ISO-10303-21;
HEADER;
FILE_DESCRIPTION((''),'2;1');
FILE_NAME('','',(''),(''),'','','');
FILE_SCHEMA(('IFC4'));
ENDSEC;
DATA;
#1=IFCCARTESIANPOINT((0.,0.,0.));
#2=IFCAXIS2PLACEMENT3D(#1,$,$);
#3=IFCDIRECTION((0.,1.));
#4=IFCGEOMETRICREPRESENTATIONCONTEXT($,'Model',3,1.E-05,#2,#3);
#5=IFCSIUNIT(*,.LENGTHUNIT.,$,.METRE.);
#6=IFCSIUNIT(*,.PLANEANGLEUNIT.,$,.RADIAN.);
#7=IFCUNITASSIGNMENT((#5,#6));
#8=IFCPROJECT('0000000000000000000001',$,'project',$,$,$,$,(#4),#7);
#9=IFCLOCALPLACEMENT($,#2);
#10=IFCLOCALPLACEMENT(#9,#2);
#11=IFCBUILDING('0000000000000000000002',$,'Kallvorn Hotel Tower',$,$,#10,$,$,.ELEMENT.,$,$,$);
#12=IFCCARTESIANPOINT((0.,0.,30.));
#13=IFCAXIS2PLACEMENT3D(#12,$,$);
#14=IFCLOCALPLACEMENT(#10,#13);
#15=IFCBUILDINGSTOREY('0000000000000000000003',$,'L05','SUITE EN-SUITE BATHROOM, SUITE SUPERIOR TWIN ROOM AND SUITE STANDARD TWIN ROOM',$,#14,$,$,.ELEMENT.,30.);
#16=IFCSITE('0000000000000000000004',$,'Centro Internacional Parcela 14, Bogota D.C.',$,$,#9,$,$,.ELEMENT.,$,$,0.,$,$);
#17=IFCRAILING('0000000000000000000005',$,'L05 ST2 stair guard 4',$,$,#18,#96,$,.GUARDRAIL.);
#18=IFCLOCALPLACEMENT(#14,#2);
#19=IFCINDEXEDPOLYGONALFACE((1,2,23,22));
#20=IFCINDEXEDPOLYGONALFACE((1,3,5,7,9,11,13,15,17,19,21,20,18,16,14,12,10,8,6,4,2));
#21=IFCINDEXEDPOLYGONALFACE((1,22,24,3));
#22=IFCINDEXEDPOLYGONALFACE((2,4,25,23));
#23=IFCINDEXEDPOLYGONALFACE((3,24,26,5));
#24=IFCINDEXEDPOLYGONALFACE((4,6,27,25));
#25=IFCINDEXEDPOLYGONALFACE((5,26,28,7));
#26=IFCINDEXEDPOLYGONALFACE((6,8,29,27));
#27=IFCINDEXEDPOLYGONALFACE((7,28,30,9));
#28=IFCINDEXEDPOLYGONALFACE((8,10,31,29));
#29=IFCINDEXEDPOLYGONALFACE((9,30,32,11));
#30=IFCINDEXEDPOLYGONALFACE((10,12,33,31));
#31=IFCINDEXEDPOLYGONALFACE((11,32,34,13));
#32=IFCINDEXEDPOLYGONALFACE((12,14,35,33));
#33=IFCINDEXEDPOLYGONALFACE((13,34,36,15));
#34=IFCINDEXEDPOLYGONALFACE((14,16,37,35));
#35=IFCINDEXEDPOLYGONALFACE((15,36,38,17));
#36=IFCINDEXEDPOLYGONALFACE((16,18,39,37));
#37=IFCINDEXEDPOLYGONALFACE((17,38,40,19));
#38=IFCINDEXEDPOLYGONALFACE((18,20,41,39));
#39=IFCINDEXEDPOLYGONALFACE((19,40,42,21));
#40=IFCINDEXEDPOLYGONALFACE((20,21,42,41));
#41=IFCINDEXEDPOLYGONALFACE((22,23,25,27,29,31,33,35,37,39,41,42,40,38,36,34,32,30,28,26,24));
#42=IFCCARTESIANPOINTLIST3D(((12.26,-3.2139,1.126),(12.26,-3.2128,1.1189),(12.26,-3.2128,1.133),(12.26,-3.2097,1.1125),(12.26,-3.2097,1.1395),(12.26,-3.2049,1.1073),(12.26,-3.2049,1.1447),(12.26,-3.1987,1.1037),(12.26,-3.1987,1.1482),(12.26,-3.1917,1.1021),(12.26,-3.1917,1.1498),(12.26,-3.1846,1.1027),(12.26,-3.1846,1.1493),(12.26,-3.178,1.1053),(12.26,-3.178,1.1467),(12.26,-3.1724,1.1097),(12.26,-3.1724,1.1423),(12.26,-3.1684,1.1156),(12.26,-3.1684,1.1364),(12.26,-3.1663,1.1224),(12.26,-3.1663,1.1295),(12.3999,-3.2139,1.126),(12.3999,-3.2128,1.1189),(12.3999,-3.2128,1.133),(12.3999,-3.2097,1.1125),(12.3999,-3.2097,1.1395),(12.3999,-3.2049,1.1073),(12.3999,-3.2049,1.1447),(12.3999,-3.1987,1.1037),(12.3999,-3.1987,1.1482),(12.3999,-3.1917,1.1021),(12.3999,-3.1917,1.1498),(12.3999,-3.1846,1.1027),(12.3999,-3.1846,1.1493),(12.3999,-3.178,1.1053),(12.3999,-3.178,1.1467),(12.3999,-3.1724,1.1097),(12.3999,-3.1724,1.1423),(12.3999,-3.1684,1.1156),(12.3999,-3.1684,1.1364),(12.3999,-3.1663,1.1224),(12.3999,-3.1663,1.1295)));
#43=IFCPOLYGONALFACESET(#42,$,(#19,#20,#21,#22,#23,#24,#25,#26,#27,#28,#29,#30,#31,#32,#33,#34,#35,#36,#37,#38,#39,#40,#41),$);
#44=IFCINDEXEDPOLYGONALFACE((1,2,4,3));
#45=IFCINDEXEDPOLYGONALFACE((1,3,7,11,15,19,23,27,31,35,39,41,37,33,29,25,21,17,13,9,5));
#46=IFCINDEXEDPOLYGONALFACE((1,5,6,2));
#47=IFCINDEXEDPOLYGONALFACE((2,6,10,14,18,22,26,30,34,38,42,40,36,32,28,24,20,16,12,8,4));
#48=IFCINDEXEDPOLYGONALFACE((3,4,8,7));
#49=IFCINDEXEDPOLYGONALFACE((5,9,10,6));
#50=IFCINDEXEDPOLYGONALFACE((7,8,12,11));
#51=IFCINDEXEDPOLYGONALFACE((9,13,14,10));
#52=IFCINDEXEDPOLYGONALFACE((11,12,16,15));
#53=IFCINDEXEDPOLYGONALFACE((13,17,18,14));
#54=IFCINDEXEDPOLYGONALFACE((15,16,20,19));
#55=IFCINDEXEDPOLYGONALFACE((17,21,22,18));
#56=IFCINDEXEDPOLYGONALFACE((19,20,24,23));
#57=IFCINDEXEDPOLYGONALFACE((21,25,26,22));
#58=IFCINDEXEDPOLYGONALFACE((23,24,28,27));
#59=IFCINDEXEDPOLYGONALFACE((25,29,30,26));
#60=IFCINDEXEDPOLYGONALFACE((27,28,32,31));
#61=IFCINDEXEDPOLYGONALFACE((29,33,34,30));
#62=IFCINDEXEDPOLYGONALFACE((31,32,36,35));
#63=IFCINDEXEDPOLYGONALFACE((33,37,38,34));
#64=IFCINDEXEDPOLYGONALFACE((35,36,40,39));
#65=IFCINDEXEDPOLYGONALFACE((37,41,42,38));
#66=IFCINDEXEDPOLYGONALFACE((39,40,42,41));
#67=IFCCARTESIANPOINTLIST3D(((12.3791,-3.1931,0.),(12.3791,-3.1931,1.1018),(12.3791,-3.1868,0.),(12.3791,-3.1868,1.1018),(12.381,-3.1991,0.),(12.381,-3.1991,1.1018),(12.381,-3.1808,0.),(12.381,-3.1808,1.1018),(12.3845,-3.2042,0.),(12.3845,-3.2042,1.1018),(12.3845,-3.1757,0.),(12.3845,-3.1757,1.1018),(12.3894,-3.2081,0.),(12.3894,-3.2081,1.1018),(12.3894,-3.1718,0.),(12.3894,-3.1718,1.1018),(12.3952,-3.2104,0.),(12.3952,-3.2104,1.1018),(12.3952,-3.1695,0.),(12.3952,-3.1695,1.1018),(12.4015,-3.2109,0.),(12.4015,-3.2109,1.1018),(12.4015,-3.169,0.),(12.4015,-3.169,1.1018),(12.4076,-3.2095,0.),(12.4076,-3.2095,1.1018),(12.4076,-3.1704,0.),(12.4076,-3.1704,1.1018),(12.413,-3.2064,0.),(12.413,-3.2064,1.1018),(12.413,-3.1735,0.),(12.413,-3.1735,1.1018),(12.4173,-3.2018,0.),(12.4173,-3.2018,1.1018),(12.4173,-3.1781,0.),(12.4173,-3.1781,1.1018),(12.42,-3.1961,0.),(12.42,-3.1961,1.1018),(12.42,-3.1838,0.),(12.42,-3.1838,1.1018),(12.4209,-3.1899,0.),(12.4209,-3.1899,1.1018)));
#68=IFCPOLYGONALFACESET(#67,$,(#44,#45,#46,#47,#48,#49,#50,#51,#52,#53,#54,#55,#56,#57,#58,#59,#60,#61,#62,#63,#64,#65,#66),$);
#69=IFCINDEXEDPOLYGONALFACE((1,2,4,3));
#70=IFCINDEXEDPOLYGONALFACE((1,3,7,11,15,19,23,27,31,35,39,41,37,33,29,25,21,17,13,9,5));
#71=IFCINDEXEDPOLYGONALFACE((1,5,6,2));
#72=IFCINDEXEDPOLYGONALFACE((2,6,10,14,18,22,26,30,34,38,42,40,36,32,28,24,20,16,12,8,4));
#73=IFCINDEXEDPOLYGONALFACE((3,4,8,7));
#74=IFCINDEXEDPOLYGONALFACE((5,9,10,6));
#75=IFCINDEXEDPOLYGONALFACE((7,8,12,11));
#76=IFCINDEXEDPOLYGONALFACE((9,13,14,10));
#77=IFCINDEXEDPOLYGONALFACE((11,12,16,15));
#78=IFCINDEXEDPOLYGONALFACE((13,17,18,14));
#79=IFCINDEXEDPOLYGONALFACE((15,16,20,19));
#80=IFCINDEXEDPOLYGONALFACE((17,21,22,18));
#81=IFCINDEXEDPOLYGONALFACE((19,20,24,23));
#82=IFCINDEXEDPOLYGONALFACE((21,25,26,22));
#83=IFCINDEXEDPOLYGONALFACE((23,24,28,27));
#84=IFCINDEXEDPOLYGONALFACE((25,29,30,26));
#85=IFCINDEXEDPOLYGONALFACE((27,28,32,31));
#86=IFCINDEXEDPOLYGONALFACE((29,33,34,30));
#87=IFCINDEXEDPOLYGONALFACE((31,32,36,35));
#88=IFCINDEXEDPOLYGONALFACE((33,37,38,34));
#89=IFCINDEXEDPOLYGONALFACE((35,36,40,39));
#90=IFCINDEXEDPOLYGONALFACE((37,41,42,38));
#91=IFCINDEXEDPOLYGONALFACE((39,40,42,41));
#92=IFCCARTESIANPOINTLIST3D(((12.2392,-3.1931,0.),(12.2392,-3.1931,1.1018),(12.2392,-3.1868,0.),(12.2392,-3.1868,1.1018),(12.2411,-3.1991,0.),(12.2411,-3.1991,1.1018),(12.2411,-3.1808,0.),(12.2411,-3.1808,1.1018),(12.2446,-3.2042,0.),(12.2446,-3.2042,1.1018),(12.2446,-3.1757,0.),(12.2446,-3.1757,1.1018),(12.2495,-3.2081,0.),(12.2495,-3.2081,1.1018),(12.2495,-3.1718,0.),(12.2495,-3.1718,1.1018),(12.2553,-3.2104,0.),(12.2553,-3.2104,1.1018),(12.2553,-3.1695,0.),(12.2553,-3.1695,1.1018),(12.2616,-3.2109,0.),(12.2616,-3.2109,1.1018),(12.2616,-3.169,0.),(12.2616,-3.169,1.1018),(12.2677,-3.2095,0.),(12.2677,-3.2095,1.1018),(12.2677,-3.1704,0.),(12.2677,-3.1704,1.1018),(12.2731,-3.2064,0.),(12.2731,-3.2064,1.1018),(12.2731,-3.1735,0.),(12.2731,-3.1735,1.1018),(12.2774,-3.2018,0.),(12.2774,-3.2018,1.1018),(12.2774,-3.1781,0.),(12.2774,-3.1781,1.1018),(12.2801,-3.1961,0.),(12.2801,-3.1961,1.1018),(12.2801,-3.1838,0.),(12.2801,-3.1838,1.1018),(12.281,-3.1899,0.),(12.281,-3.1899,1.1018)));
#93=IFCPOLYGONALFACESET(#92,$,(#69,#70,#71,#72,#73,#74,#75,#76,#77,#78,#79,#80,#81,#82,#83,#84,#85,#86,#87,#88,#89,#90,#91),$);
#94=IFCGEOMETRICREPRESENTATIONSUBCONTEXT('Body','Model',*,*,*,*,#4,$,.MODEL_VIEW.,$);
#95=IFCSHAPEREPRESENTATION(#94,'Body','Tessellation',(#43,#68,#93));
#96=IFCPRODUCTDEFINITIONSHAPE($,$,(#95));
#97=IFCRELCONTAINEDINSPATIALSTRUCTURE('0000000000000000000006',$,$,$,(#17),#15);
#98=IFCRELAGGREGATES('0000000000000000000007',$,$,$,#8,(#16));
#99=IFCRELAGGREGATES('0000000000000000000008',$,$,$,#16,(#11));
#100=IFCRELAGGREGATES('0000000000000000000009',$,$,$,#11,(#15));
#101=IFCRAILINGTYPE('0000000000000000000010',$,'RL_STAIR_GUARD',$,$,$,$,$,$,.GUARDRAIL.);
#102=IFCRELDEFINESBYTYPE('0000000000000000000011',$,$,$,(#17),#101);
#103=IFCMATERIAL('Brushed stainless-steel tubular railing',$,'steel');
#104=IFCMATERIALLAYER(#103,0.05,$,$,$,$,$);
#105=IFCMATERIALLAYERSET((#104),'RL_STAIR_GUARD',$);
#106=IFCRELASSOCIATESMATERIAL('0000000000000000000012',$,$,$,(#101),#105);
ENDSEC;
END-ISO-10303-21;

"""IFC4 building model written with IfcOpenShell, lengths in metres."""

from ifc_helpers import new_model, si_unit, direction, frame, origin, origin_2d, place, context, subcontext, project, spatial, circle, extrude, material, layer, layer_set, type_object, element, save


model = new_model("IFC4")

# Units and contexts
model_context = context("Model", 3, precision=1e-05, world=origin(), true_north=direction((0.0, 1.0)))
body_context = subcontext(model_context, "Body", "Model", "MODEL_VIEW")
ifc_project = project(units=[si_unit("LENGTHUNIT", "METRE"), si_unit("PLANEANGLEUNIT", "RADIAN")], contexts=[model_context])

# Site, building, storey
site_placement = place(None, origin())
site = spatial("IfcSite", under=ifc_project, at=site_placement, Name="Centro Internacional Parcela 14, Bogota D.C.", CompositionType="ELEMENT", RefElevation=0.0)
building_placement = place(site_placement, origin())
building = spatial("IfcBuilding", under=site, at=building_placement, Name="Kallvorn Hotel Tower", CompositionType="ELEMENT")
storey_placement = place(building_placement, frame((0.0, 0.0, 30.0)))
storey = spatial("IfcBuildingStorey", under=building, at=storey_placement, Name="L05", Description="SUITE EN-SUITE BATHROOM, SUITE SUPERIOR TWIN ROOM AND SUITE STANDARD TWIN ROOM", CompositionType="ELEMENT", Elevation=30.0)

# Railing
ifc_material_1 = material(Name="Brushed stainless-steel tubular railing", Category="steel")
ifc_layer_1 = layer(ifc_material_1, 0.05)
ifc_layer_set_1 = layer_set([ifc_layer_1], Name="RL_STAIR_GUARD")
railing_type_1 = type_object("IfcRailingType", Name="RL_STAIR_GUARD", PredefinedType="GUARDRAIL", material=ifc_layer_set_1)
railing_1_placement = place(storey_placement, frame((12.3999, -3.1899, 0.0)))
element("IfcRailing", 1, at=railing_1_placement, inside=storey, type_object=railing_type_1, Name="L05 ST2 stair guard 4", PredefinedType="GUARDRAIL", context=body_context, shape_type="SweptSolid", body=[
    extrude(circle(Radius=0.0239, at=origin_2d()), frame((0.0, 0.0, 1.126), z_axis=(-1.0, 0.0, 0.0), x_axis=(0.0, -1.0, 0.0)), (0.0, 0.0, 1.0), 0.1399),
    extrude(circle(Radius=0.021, at=origin_2d()), origin(), (0.0, 0.0, 1.0), 1.1018),
    extrude(circle(Radius=0.021, at=origin_2d()), frame((-0.1399, 0.0, 0.0)), (0.0, 0.0, 1.0), 1.1018),
])

save(model, "model.ifc")
